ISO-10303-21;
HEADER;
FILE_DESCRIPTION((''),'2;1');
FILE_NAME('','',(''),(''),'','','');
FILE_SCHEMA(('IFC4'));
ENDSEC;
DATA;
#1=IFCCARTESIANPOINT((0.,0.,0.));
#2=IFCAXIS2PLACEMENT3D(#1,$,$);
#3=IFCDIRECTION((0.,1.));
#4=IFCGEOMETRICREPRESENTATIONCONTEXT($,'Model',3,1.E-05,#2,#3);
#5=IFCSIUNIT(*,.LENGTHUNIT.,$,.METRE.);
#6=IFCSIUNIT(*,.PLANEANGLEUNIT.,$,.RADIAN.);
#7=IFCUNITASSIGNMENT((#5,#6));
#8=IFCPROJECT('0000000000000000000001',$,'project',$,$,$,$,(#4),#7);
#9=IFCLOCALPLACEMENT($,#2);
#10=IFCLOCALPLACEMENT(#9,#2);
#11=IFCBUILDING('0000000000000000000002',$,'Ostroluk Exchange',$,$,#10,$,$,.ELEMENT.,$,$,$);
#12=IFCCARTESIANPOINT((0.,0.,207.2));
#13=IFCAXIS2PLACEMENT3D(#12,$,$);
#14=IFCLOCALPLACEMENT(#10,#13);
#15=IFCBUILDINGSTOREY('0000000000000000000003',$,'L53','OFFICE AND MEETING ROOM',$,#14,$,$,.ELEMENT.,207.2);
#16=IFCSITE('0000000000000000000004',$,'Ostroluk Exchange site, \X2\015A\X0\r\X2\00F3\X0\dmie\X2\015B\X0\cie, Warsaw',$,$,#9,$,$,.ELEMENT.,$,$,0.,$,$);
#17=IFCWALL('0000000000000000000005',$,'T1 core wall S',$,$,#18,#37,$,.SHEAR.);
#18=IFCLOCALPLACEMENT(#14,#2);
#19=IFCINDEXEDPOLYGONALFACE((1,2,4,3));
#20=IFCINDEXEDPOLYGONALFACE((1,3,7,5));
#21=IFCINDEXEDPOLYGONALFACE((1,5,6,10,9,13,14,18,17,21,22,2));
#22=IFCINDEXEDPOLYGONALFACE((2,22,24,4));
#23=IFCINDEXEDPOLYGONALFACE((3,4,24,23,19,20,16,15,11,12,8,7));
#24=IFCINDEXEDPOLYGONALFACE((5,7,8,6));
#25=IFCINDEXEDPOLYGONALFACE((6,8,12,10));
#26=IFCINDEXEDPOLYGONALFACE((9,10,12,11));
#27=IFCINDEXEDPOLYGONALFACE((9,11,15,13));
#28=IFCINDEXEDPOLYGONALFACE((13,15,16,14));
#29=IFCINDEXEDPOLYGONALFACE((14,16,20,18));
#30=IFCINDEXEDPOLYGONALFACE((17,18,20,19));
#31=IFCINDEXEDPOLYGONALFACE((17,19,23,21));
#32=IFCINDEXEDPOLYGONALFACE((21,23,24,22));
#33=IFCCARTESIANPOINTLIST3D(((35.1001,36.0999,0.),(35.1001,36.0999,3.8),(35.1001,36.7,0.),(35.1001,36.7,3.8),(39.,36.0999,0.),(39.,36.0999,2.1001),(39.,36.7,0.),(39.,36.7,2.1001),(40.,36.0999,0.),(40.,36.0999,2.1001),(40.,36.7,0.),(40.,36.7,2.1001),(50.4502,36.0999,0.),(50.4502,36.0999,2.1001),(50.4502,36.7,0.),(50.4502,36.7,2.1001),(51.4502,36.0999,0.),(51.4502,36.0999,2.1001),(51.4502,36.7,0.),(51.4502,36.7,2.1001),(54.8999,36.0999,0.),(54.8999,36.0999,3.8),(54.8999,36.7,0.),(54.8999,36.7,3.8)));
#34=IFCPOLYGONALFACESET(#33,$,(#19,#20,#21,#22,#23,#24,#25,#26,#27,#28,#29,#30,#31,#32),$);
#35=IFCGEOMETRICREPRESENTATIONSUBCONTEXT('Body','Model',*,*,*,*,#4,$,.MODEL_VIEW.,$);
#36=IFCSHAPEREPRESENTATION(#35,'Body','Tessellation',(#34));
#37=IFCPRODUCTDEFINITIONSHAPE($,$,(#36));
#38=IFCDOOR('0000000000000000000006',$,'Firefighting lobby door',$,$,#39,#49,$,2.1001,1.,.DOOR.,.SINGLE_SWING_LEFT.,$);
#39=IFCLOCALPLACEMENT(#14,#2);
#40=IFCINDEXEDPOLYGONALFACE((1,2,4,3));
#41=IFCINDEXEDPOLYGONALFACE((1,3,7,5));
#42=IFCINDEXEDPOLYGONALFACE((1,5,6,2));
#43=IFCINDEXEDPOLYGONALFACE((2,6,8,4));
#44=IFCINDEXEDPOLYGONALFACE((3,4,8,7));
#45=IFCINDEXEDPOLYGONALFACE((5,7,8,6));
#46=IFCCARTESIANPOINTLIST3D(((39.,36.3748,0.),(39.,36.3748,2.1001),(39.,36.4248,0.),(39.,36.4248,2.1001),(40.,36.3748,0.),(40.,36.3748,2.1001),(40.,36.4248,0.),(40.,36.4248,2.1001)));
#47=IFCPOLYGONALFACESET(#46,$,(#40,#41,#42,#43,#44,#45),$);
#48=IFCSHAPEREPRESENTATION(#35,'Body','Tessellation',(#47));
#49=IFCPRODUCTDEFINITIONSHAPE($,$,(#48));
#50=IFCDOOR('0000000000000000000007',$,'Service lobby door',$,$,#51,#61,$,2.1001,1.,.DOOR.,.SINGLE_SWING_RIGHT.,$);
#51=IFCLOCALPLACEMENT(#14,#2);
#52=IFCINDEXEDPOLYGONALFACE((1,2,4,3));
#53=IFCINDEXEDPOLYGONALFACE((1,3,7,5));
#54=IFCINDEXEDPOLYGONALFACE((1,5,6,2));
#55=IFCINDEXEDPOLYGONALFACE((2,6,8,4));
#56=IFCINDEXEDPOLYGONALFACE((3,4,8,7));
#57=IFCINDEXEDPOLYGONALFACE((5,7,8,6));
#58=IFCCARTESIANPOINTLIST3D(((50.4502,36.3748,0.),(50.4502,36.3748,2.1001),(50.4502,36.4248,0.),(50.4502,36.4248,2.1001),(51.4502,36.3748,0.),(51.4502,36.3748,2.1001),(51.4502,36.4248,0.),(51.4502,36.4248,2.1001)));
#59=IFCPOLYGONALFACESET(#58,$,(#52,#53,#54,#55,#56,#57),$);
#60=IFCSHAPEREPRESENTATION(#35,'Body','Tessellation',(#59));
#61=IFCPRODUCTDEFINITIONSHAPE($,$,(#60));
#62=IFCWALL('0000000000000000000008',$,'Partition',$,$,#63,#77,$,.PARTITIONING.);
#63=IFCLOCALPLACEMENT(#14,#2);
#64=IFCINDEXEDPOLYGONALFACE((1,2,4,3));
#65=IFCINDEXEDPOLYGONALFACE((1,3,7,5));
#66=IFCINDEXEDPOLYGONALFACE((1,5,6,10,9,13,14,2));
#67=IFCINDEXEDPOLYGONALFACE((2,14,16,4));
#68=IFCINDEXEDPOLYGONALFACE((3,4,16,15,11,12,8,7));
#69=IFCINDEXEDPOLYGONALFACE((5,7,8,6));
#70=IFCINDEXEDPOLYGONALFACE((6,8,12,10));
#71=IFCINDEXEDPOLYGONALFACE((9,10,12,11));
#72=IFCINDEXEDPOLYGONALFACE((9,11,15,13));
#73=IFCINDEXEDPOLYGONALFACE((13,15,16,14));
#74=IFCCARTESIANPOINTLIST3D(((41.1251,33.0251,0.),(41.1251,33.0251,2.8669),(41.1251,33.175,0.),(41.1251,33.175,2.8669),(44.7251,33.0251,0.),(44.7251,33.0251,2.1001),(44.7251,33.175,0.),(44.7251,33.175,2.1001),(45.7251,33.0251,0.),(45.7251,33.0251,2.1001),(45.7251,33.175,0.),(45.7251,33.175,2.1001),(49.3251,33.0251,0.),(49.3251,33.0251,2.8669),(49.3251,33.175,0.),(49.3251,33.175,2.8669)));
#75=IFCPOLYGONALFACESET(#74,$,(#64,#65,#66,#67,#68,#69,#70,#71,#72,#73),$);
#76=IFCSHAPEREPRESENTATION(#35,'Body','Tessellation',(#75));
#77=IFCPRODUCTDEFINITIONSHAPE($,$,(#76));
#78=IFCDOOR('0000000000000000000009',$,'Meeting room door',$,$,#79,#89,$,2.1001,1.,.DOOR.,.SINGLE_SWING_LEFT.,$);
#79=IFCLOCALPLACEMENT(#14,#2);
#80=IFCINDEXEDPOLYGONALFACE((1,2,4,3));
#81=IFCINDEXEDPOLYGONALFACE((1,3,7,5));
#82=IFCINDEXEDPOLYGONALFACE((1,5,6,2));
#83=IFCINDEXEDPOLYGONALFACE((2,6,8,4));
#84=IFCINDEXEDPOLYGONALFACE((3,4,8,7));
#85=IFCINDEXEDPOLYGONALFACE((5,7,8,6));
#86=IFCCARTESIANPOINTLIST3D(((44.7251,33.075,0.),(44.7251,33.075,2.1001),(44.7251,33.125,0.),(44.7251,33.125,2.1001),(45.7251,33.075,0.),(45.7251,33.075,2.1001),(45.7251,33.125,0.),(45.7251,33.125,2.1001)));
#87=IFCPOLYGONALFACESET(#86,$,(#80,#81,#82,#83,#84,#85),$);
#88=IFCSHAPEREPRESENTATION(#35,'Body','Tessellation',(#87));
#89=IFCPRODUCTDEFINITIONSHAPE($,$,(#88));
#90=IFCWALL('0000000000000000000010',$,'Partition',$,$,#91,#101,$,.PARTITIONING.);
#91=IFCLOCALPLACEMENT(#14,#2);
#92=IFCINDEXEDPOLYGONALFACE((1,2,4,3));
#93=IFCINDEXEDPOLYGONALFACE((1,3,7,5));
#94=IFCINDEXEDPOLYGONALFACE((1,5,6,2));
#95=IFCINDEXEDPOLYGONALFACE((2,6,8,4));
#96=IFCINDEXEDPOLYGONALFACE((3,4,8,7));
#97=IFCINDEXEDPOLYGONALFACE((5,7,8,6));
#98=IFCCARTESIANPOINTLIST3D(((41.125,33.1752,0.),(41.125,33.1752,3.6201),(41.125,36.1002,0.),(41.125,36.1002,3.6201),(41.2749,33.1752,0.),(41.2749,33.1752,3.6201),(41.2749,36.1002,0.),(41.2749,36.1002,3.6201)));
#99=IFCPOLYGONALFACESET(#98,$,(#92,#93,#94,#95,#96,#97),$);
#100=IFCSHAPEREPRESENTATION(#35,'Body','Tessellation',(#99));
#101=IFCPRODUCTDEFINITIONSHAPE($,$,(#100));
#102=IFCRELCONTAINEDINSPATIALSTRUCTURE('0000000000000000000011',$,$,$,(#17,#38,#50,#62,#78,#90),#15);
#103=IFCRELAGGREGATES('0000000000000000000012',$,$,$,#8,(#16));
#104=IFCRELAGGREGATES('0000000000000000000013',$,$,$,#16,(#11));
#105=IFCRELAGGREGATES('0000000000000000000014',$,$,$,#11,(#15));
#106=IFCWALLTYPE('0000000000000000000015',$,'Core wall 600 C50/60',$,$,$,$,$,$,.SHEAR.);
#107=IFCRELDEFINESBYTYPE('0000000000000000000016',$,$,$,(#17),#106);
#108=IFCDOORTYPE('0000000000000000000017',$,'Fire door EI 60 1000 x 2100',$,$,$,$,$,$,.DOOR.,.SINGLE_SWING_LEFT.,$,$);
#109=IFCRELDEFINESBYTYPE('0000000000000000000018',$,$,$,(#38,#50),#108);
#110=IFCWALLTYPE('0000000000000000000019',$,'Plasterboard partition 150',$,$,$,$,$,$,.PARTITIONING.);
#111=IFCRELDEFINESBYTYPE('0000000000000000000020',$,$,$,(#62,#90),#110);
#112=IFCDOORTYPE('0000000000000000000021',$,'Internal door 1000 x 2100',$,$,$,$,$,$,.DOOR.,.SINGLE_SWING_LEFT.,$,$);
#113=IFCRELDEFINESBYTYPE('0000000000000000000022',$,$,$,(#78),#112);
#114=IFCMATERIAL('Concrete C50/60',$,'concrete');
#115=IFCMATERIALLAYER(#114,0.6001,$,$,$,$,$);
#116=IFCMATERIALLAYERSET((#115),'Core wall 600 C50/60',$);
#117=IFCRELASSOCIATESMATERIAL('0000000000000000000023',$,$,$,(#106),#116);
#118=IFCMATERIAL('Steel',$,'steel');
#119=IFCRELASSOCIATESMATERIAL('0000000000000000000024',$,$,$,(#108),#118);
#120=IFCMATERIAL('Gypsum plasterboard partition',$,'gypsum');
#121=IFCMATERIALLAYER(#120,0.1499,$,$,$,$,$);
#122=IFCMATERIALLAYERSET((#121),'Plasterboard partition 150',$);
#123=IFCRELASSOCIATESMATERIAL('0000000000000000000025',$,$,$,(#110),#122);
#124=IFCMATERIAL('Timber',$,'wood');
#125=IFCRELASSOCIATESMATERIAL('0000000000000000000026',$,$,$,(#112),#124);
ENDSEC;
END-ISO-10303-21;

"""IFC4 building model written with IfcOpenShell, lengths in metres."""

from ifc_helpers import new_model, si_unit, direction, frame, frame_2d, origin, place, context, subcontext, project, spatial, rectangle, extrude, material, layer, layer_set, type_object, element, fill, save


model = new_model("IFC4")

# Units and contexts
model_context = context("Model", 3, precision=1e-05, world=origin(), true_north=direction((0.0, 1.0)))
body_context = subcontext(model_context, "Body", "Model", "MODEL_VIEW")
ifc_project = project(units=[si_unit("LENGTHUNIT", "METRE"), si_unit("PLANEANGLEUNIT", "RADIAN")], contexts=[model_context])

# Site, building, storey
site_placement = place(None, origin())
site = spatial("IfcSite", under=ifc_project, at=site_placement, Name="Ostroluk Exchange site, Śródmieście, Warsaw", CompositionType="ELEMENT", RefElevation=0.0)
building_placement = place(site_placement, origin())
building = spatial("IfcBuilding", under=site, at=building_placement, Name="Ostroluk Exchange", CompositionType="ELEMENT")
storey_placement = place(building_placement, frame((0.0, 0.0, 207.2)))
storey = spatial("IfcBuildingStorey", under=building, at=storey_placement, Name="L53", Description="OFFICE AND MEETING ROOM", CompositionType="ELEMENT", Elevation=207.2)

# Wall, openings, doors
ifc_material_1 = material(Name="Concrete C50/60", Category="concrete")
ifc_layer_1 = layer(ifc_material_1, 0.6001)
ifc_layer_set_1 = layer_set([ifc_layer_1], Name="Core wall 600 C50/60")
wall_type_1 = type_object("IfcWallType", Name="Core wall 600 C50/60", PredefinedType="SHEAR", material=ifc_layer_set_1)
wall_1_placement = place(storey_placement, frame((35.1001, 36.3999, 0.0), z_axis=(0.0, 0.0, 1.0), x_axis=(1.0, 0.0, 0.0)))
wall_1 = element("IfcWall", 1, at=wall_1_placement, inside=storey, type_object=wall_type_1, Name="T1 core wall S", PredefinedType="SHEAR", context=body_context, shape_type="SweptSolid", body=[
    extrude(rectangle(XDim=19.7998, YDim=0.6001, at=frame_2d((9.8999, 0.0))), origin(), (0.0, 0.0, 1.0), 3.8),
])
opening_1_placement = place(wall_1_placement, frame((3.8999, 0.0, 0.0)))
opening_1 = element("IfcOpeningElement", 2, at=opening_1_placement, cuts=wall_1, PredefinedType="OPENING", context=body_context, shape_type="SweptSolid", body=[
    extrude(rectangle(XDim=1.0, YDim=2.1001, at=frame_2d((0.5, 1.05))), frame((0.0, 0.3101, 0.0), z_axis=(0.0, -1.0, 0.0), x_axis=(1.0, 0.0, 0.0)), (0.0, 0.0, 1.0), 0.6201),
])
opening_2_placement = place(wall_1_placement, frame((15.3501, 0.0, 0.0)))
opening_2 = element("IfcOpeningElement", 3, at=opening_2_placement, cuts=wall_1, PredefinedType="OPENING", context=body_context, shape_type="SweptSolid", body=[
    extrude(rectangle(XDim=1.0, YDim=2.1001, at=frame_2d((0.5, 1.05))), frame((0.0, 0.3101, 0.0), z_axis=(0.0, -1.0, 0.0), x_axis=(1.0, 0.0, 0.0)), (0.0, 0.0, 1.0), 0.6201),
])
ifc_material_2 = material(Name="Steel", Category="steel")
door_type_1 = type_object("IfcDoorType", Name="Fire door EI 60 1000 x 2100", OperationType="SINGLE_SWING_LEFT", PredefinedType="DOOR", material=ifc_material_2)
door_1_placement = place(opening_1_placement, origin())
door_1 = element("IfcDoor", 4, at=door_1_placement, inside=storey, type_object=door_type_1, Name="Firefighting lobby door", OperationType="SINGLE_SWING_LEFT", OverallHeight=2.1001, OverallWidth=1.0, PredefinedType="DOOR", context=body_context, shape_type="SweptSolid", body=[
    extrude(rectangle(XDim=1.0, YDim=2.1001, at=frame_2d((0.5, 1.05))), frame((0.0, 0.0249, 0.0), z_axis=(0.0, -1.0, 0.0), x_axis=(1.0, 0.0, 0.0)), (0.0, 0.0, 1.0), 0.05),
])
fill(opening_1, door_1)
door_2_placement = place(opening_2_placement, origin())
door_2 = element("IfcDoor", 5, at=door_2_placement, inside=storey, type_object=door_type_1, Name="Service lobby door", OperationType="SINGLE_SWING_RIGHT", OverallHeight=2.1001, OverallWidth=1.0, PredefinedType="DOOR", context=body_context, shape_type="SweptSolid", body=[
    extrude(rectangle(XDim=1.0, YDim=2.1001, at=frame_2d((0.5, 1.05))), frame((0.0, 0.0249, 0.0), z_axis=(0.0, -1.0, 0.0), x_axis=(1.0, 0.0, 0.0)), (0.0, 0.0, 1.0), 0.05),
])
fill(opening_2, door_2)

# Wall, opening, door
ifc_material_3 = material(Name="Gypsum plasterboard partition", Category="gypsum")
ifc_layer_2 = layer(ifc_material_3, 0.1499)
ifc_layer_set_2 = layer_set([ifc_layer_2], Name="Plasterboard partition 150")
wall_type_2 = type_object("IfcWallType", Name="Plasterboard partition 150", PredefinedType="PARTITIONING", material=ifc_layer_set_2)
wall_2_placement = place(storey_placement, frame((41.125, 33.1001, 0.0), z_axis=(0.0, 0.0, 1.0), x_axis=(1.0, 0.0, 0.0)))
wall_2 = element("IfcWall", 6, at=wall_2_placement, inside=storey, type_object=wall_type_2, Name="Partition", PredefinedType="PARTITIONING", context=body_context, shape_type="SweptSolid", body=[
    extrude(rectangle(XDim=8.2, YDim=0.1499, at=frame_2d((4.1001, 0.0))), origin(), (0.0, 0.0, 1.0), 2.8669),
])
opening_3_placement = place(wall_2_placement, frame((3.6001, 0.0, 0.0)))
opening_3 = element("IfcOpeningElement", 7, at=opening_3_placement, cuts=wall_2, PredefinedType="OPENING", context=body_context, shape_type="SweptSolid", body=[
    extrude(rectangle(XDim=1.0, YDim=2.1001, at=frame_2d((0.5, 1.05))), frame((0.0, 0.085, 0.0), z_axis=(0.0, -1.0, 0.0), x_axis=(1.0, 0.0, 0.0)), (0.0, 0.0, 1.0), 0.1699),
])
ifc_material_4 = material(Name="Timber", Category="wood")
door_type_2 = type_object("IfcDoorType", Name="Internal door 1000 x 2100", OperationType="SINGLE_SWING_LEFT", PredefinedType="DOOR", material=ifc_material_4)
door_3_placement = place(opening_3_placement, origin())
door_3 = element("IfcDoor", 8, at=door_3_placement, inside=storey, type_object=door_type_2, Name="Meeting room door", OperationType="SINGLE_SWING_LEFT", OverallHeight=2.1001, OverallWidth=1.0, PredefinedType="DOOR", context=body_context, shape_type="SweptSolid", body=[
    extrude(rectangle(XDim=1.0, YDim=2.1001, at=frame_2d((0.5, 1.05))), frame((0.0, 0.0249, 0.0), z_axis=(0.0, -1.0, 0.0), x_axis=(1.0, 0.0, 0.0)), (0.0, 0.0, 1.0), 0.05),
])
fill(opening_3, door_3)

# Wall
wall_3_placement = place(storey_placement, frame((41.2, 36.1001, 0.0), z_axis=(0.0, 0.0, 1.0), x_axis=(0.0, -1.0, 0.0)))
element("IfcWall", 9, at=wall_3_placement, inside=storey, type_object=wall_type_2, Name="Partition", PredefinedType="PARTITIONING", context=body_context, shape_type="SweptSolid", body=[
    extrude(rectangle(XDim=2.925, YDim=0.1499, at=frame_2d((1.4624, 0.0))), origin(), (0.0, 0.0, 1.0), 3.6201),
])

save(model, "model.ifc")
